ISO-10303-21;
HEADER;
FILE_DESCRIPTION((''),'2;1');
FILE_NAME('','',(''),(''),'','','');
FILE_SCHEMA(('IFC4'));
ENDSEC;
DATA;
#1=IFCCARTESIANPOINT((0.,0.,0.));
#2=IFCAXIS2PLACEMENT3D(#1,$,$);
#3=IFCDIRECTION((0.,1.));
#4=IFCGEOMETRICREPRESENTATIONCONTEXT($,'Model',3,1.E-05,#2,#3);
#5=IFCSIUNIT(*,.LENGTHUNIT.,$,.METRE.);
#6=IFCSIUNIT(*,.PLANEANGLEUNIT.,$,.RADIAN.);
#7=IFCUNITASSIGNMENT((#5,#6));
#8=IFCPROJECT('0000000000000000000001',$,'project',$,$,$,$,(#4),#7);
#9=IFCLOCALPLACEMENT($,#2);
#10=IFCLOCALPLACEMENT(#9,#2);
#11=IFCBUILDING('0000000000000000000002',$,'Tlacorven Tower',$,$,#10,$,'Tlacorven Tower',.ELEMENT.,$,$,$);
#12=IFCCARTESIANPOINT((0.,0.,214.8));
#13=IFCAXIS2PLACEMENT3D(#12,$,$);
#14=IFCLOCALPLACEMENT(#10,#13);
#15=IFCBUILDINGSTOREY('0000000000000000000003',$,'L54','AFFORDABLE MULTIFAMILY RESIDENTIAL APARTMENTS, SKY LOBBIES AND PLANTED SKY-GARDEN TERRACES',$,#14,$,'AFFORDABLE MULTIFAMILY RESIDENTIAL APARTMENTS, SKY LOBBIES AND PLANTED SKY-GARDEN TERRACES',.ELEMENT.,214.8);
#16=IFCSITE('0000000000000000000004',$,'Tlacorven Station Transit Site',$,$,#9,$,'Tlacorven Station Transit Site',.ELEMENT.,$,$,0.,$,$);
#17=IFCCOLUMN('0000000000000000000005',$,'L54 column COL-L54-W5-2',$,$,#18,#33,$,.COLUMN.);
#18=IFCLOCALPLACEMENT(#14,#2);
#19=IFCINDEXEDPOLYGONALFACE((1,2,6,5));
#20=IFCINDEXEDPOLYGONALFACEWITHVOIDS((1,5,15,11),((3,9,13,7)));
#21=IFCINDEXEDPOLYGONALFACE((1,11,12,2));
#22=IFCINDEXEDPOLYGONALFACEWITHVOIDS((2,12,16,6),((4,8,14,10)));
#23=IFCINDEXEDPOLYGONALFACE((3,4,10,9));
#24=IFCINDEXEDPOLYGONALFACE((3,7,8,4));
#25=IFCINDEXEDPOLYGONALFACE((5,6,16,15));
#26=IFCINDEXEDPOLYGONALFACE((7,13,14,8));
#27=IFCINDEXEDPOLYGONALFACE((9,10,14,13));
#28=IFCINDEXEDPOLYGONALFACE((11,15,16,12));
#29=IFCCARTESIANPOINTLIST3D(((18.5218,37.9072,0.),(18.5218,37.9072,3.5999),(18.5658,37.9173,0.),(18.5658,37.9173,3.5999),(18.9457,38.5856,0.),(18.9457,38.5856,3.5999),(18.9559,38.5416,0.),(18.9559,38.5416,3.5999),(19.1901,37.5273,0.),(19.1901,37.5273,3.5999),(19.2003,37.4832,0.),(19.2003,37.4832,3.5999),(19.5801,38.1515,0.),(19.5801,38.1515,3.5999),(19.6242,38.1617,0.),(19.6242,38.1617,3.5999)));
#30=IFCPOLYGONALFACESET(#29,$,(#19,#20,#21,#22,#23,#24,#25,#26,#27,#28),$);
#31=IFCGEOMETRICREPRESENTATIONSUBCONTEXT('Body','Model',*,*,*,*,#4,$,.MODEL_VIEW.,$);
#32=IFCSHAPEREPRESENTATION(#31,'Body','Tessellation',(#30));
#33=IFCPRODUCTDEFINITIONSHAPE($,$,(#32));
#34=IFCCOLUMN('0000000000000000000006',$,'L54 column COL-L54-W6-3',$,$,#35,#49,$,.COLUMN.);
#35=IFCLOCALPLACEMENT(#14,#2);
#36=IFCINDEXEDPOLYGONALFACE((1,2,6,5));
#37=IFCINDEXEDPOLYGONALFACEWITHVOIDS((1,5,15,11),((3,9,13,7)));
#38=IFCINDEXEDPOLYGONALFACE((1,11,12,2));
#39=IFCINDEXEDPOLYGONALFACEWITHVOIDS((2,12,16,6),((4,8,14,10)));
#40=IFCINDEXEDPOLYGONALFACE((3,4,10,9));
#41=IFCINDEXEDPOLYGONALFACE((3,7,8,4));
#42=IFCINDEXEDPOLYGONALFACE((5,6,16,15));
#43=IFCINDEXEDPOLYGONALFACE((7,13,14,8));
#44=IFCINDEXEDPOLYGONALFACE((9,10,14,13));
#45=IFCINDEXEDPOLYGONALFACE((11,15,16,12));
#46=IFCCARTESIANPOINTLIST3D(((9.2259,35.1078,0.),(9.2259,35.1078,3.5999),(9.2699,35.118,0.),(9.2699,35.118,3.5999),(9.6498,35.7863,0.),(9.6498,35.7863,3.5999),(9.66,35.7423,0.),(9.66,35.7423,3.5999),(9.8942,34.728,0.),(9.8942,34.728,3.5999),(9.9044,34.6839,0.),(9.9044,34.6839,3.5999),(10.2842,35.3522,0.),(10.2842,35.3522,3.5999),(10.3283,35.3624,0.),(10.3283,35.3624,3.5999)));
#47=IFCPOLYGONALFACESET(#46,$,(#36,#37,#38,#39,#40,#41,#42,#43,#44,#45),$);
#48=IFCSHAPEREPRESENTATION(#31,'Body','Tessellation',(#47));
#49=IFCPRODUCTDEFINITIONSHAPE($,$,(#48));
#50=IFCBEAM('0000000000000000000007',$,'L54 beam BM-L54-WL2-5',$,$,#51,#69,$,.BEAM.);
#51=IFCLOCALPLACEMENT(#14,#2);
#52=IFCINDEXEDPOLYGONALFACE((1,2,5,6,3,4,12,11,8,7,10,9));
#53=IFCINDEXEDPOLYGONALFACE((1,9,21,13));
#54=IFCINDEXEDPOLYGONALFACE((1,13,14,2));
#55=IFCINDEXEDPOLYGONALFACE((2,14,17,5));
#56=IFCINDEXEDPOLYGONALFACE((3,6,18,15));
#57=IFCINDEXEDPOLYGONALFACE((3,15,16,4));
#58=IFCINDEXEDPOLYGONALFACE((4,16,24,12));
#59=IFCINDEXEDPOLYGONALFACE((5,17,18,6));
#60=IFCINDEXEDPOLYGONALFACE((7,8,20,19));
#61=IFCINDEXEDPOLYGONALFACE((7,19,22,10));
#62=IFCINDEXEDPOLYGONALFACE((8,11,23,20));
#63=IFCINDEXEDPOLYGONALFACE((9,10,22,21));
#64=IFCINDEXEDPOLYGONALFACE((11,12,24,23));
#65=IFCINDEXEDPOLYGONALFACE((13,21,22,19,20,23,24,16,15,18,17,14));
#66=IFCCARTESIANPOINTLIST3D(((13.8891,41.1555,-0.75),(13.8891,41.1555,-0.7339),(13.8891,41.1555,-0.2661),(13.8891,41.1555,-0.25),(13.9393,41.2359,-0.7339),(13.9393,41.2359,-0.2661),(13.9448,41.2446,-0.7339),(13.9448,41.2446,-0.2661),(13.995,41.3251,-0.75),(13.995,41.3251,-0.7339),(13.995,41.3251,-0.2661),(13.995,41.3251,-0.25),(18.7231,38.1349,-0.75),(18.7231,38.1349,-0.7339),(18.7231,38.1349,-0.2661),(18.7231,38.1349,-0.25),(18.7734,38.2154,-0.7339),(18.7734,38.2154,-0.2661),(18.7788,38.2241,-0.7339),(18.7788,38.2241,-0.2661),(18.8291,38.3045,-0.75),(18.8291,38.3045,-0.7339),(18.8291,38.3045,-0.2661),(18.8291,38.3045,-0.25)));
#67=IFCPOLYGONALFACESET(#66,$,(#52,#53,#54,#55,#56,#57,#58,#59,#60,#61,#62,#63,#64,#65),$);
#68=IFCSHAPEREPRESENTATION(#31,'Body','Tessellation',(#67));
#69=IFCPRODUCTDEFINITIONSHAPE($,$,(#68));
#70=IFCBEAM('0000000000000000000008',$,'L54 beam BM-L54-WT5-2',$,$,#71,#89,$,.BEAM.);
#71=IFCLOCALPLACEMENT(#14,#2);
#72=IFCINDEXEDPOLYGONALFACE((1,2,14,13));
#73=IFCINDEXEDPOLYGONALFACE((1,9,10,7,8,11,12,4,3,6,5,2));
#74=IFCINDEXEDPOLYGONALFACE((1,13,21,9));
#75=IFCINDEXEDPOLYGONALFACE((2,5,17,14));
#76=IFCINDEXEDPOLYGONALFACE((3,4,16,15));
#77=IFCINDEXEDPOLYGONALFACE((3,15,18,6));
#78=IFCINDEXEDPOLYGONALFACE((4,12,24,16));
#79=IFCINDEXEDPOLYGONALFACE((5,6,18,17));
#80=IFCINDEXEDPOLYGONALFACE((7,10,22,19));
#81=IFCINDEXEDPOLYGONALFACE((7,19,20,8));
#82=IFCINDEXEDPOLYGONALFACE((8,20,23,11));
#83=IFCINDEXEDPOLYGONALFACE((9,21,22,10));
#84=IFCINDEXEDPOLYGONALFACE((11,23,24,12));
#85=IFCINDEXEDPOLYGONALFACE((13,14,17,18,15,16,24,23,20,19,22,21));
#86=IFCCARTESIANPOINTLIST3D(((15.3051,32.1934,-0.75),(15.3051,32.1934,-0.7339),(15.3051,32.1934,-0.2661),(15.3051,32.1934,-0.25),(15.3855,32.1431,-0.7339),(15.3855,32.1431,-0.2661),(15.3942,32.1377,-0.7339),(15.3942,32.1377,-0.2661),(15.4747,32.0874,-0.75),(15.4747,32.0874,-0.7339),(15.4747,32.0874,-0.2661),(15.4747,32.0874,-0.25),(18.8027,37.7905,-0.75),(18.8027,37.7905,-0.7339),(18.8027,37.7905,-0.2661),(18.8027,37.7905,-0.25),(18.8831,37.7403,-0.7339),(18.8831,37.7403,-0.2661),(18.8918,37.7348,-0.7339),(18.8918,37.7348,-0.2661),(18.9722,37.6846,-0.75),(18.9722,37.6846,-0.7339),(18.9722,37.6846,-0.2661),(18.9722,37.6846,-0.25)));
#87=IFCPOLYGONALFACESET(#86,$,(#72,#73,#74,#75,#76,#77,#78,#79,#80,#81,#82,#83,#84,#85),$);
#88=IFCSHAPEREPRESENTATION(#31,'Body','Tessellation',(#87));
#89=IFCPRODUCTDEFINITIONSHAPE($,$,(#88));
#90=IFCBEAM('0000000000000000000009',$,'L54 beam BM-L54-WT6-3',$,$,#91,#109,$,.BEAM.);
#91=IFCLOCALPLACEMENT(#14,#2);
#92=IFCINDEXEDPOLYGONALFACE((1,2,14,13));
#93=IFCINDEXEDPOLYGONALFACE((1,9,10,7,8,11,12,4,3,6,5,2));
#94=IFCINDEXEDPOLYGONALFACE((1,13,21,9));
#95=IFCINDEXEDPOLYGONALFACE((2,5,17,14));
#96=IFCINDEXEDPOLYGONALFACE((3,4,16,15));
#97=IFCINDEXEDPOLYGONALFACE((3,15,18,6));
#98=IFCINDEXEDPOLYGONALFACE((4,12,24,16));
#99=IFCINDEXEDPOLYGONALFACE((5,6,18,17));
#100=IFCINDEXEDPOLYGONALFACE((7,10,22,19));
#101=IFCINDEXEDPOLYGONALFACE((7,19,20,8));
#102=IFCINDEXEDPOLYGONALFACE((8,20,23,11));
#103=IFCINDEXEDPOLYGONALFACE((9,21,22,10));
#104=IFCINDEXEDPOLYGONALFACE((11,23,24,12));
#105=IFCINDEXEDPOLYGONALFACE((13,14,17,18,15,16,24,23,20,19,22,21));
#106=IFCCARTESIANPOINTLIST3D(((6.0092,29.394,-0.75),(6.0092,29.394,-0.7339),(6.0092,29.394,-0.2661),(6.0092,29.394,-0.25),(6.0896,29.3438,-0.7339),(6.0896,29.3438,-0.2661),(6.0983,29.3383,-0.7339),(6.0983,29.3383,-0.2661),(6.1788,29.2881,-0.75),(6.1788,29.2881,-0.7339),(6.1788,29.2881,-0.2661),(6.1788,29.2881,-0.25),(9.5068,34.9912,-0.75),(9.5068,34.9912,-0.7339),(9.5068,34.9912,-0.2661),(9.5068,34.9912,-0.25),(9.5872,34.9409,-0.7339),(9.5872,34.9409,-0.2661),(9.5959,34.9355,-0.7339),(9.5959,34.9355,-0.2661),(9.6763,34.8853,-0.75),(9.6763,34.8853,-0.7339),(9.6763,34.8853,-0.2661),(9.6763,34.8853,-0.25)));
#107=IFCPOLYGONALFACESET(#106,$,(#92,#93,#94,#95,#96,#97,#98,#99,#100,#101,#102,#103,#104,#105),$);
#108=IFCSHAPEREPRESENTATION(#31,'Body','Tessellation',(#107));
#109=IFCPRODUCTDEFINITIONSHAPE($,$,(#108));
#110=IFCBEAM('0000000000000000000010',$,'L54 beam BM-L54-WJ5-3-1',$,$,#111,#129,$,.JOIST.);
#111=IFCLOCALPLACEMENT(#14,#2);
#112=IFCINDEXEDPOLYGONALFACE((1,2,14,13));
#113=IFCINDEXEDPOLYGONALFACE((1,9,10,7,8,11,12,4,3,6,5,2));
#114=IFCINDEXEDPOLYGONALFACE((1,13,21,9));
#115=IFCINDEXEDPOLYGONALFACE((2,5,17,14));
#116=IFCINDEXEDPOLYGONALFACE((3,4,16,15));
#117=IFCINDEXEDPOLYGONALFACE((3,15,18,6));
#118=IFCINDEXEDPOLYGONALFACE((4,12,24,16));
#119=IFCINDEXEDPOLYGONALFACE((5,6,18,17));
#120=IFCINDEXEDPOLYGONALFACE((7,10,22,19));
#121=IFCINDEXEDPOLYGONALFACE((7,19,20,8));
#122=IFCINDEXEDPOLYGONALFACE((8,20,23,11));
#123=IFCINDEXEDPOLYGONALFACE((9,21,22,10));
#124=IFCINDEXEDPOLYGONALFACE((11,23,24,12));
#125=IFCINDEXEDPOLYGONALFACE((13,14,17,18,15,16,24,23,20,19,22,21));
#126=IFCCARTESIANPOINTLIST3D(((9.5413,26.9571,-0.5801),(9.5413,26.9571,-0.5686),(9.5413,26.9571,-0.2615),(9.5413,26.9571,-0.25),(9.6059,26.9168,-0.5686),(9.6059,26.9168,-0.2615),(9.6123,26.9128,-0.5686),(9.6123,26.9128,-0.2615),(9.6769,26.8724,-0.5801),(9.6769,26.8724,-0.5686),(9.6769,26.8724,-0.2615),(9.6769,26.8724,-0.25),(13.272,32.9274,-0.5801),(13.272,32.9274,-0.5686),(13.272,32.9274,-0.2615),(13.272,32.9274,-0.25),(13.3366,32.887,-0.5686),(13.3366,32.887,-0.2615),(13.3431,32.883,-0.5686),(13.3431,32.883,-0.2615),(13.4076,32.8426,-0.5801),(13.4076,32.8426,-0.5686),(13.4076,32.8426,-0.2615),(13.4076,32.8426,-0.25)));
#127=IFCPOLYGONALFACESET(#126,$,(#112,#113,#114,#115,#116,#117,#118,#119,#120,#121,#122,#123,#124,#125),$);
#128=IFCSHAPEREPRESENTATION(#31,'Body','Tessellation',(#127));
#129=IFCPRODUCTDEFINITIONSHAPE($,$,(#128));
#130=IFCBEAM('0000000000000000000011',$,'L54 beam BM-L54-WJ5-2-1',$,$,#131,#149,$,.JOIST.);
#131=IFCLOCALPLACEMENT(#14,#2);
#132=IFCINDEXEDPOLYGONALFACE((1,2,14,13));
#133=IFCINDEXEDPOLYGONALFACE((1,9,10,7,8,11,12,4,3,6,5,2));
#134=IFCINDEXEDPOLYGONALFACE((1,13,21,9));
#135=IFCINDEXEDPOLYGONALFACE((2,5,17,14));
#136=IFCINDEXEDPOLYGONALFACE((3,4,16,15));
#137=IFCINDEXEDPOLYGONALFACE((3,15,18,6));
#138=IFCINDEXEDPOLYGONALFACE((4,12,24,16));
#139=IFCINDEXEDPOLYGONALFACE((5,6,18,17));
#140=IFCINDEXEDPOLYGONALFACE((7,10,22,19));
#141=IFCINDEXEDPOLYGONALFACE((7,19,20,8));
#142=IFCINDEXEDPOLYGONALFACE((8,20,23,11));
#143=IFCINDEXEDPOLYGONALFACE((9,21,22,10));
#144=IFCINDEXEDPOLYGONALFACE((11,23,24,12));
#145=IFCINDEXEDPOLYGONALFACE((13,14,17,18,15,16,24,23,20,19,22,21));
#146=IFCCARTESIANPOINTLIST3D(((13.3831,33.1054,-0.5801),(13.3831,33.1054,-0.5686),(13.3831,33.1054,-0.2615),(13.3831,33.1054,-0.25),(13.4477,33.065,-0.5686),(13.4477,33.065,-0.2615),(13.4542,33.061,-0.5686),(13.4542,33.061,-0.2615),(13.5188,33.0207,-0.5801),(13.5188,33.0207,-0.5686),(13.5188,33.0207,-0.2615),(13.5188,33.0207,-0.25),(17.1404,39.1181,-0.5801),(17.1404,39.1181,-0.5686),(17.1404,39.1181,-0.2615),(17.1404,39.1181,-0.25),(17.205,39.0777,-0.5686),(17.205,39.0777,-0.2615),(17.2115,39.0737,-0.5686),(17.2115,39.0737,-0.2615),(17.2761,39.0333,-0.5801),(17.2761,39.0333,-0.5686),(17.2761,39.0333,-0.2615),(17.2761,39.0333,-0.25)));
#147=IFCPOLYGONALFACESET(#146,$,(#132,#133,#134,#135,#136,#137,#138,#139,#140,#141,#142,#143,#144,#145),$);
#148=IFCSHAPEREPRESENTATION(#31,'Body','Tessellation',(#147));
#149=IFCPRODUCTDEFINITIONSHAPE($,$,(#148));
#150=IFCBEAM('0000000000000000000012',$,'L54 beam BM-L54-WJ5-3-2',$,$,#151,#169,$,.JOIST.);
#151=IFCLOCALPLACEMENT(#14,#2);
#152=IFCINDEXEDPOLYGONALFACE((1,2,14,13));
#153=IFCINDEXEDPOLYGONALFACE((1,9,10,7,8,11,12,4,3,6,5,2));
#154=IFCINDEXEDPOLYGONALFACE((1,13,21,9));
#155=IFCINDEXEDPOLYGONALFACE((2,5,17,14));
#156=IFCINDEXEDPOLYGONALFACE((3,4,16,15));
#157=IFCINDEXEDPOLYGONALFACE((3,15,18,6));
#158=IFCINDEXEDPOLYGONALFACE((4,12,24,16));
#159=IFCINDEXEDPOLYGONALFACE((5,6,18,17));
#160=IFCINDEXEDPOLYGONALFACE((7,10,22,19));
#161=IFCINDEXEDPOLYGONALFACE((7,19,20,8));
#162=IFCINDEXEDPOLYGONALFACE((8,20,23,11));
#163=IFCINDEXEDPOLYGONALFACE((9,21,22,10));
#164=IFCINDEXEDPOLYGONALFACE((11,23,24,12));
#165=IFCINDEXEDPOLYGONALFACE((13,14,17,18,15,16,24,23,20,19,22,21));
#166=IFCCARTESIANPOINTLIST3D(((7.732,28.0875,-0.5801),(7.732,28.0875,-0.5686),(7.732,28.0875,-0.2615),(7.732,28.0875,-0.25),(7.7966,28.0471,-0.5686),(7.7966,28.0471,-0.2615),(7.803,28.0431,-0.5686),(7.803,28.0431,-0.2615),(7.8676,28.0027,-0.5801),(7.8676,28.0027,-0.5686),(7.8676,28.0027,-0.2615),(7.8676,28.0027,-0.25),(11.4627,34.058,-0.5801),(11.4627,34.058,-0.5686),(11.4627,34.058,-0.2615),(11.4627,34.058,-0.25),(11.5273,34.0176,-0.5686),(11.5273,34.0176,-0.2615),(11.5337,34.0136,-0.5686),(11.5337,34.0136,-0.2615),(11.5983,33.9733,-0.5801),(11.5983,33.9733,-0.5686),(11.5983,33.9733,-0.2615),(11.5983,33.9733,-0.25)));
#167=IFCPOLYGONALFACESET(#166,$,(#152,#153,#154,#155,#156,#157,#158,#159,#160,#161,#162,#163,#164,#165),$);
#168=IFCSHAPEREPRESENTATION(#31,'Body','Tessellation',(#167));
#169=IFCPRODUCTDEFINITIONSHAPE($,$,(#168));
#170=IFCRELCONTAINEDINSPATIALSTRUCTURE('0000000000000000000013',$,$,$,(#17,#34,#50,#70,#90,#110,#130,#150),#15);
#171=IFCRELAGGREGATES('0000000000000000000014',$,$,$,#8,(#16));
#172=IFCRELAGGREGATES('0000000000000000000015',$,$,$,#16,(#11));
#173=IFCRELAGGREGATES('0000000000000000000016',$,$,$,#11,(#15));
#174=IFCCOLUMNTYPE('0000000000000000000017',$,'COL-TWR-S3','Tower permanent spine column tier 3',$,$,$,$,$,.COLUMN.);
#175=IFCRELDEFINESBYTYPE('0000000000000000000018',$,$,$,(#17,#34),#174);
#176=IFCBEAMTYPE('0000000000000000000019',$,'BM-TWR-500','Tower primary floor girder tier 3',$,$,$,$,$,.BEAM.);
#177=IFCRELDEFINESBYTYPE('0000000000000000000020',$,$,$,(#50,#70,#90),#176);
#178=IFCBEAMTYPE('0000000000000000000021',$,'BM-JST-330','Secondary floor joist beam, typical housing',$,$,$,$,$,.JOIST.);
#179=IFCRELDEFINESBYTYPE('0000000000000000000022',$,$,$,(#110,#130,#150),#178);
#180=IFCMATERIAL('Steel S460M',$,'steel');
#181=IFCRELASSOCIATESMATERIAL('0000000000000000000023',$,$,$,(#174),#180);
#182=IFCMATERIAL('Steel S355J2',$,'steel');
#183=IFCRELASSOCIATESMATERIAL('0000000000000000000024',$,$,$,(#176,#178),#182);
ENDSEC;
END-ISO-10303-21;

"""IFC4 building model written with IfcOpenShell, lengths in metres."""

from ifc_helpers import new_model, si_unit, direction, frame, origin, origin_2d, place, context, subcontext, project, spatial, hollow_rectangle, i_section, extrude, source, transform, mapped, material, material_profile, profile_set, type_object, element, save


model = new_model("IFC4")

# Units and contexts
model_context = context("Model", 3, precision=1e-05, world=origin(), true_north=direction((0.0, 1.0)))
body_context = subcontext(model_context, "Body", "Model", "MODEL_VIEW")
ifc_project = project(units=[si_unit("LENGTHUNIT", "METRE"), si_unit("PLANEANGLEUNIT", "RADIAN")], contexts=[model_context])

# Site, building, storey
site_placement = place(None, origin())
site = spatial("IfcSite", under=ifc_project, at=site_placement, Name="Tlacorven Station Transit Site", LongName="Tlacorven Station Transit Site", CompositionType="ELEMENT", RefElevation=0.0)
building_placement = place(site_placement, origin())
building = spatial("IfcBuilding", under=site, at=building_placement, Name="Tlacorven Tower", LongName="Tlacorven Tower", CompositionType="ELEMENT")
storey_placement = place(building_placement, frame((0.0, 0.0, 214.8)))
storey = spatial("IfcBuildingStorey", under=building, at=storey_placement, Name="L54", Description="AFFORDABLE MULTIFAMILY RESIDENTIAL APARTMENTS, SKY LOBBIES AND PLANTED SKY-GARDEN TERRACES", LongName="AFFORDABLE MULTIFAMILY RESIDENTIAL APARTMENTS, SKY LOBBIES AND PLANTED SKY-GARDEN TERRACES", CompositionType="ELEMENT", Elevation=214.8)

# Columns
ifc_material_1 = material(Name="Steel S460M", Category="steel")
ifc_material_profile_1 = material_profile(ifc_material_1, hollow_rectangle(XDim=0.8, YDim=0.8, WallThickness=0.032, at=origin_2d()), Name="BOX 800X800X32")
ifc_profile_set_1 = profile_set([ifc_material_profile_1], Name="Steel S460M")
column_type = type_object("IfcColumnType", Name="COL-TWR-S3", Description="Tower permanent spine column tier 3", PredefinedType="COLUMN", material=ifc_profile_set_1)
shared_shape_1 = source(origin(), body_context, "Body", "SweptSolid", [
    extrude(hollow_rectangle(XDim=0.8, YDim=0.8, WallThickness=0.032, at=origin_2d()), origin(), (0.0, 0.0, 1.0), 3.5999),
])
for number, where, z_axis, x_axis, name in (
    (1, (19.073, 38.0344, 0.0), (0.0, 0.0, 1.0), (-0.848048, 0.529919, 0.0), "L54 column COL-L54-W5-2"),
    (2, (9.7771, 35.2351, 0.0), (0.0, 0.0, 1.0), (-0.848048, 0.529919, 0.0), "L54 column COL-L54-W6-3"),
):
    element("IfcColumn", number, at=place(storey_placement, frame(where, z_axis=z_axis, x_axis=x_axis)), inside=storey, type_object=column_type, Name=name, PredefinedType="COLUMN", context=body_context, shape_type="MappedRepresentation", body=[
        mapped(shared_shape_1, transform((0.0, 0.0, 0.0), scale=1.0)),
    ])

# Beams
ifc_material_2 = material(Name="Steel S355J2", Category="steel")
ifc_material_profile_2 = material_profile(ifc_material_2, i_section(OverallWidth=0.2, OverallDepth=0.5, WebThickness=0.0103, FlangeThickness=0.0161, at=origin_2d()), Name="IPE 500")
ifc_profile_set_2 = profile_set([ifc_material_profile_2], Name="Steel S355J2")
beam_type_1 = type_object("IfcBeamType", Name="BM-TWR-500", Description="Tower primary floor girder tier 3", PredefinedType="BEAM", material=ifc_profile_set_2)
shared_shape_2 = source(origin(), body_context, "Body", "SweptSolid", [
    extrude(i_section(OverallWidth=0.2, OverallDepth=0.5, WebThickness=0.0103, FlangeThickness=0.0161, at=origin_2d()), origin(), (0.0, 0.0, 1.0), 5.7002),
])
beam_1_placement = place(storey_placement, frame((18.7761, 38.2197, -0.5), z_axis=(-0.848056, 0.529907, 0.0), x_axis=(-0.529907, -0.848056, 0.0)))
element("IfcBeam", 3, at=beam_1_placement, inside=storey, type_object=beam_type_1, Name="L54 beam BM-L54-WL2-5", PredefinedType="BEAM", context=body_context, shape_type="MappedRepresentation", body=[
    mapped(shared_shape_2, transform((0.0, 0.0, 0.0), scale=1.0)),
])
shared_shape_3 = source(origin(), body_context, "Body", "SweptSolid", [
    extrude(i_section(OverallWidth=0.2, OverallDepth=0.5, WebThickness=0.0103, FlangeThickness=0.0161, at=origin_2d()), origin(), (0.0, 0.0, 1.0), 6.6001),
])
for number, where, z_axis, x_axis, name in (
    (4, (18.8875, 37.7375, -0.5), (-0.529926, -0.848044, 0.0), (0.848044, -0.529926, 0.0), "L54 beam BM-L54-WT5-2"),
    (5, (9.5916, 34.9382, -0.5), (-0.529926, -0.848044, 0.0), (0.848044, -0.529926, 0.0), "L54 beam BM-L54-WT6-3"),
):
    element("IfcBeam", number, at=place(storey_placement, frame(where, z_axis=z_axis, x_axis=x_axis)), inside=storey, type_object=beam_type_1, Name=name, PredefinedType="BEAM", context=body_context, shape_type="MappedRepresentation", body=[
        mapped(shared_shape_3, transform((0.0, 0.0, 0.0), scale=1.0)),
    ])
ifc_material_profile_3 = material_profile(ifc_material_2, i_section(OverallWidth=0.1599, OverallDepth=0.3301, WebThickness=0.0076, FlangeThickness=0.0115, at=origin_2d()), Name="IPE 330")
ifc_profile_set_3 = profile_set([ifc_material_profile_3], Name="Steel S355J2")
beam_type_2 = type_object("IfcBeamType", Name="BM-JST-330", Description="Secondary floor joist beam, typical housing", PredefinedType="JOIST", material=ifc_profile_set_3)
shared_shape_4 = source(origin(), body_context, "Body", "SweptSolid", [
    extrude(i_section(OverallWidth=0.1599, OverallDepth=0.3301, WebThickness=0.0076, FlangeThickness=0.0115, at=origin_2d()), origin(), (0.0, 0.0, 1.0), 7.04),
])
beam_2_placement = place(storey_placement, frame((13.3398, 32.885, -0.415), z_axis=(-0.52993, -0.848041, 0.0), x_axis=(0.848041, -0.52993, 0.0)))
element("IfcBeam", 6, at=beam_2_placement, inside=storey, type_object=beam_type_2, Name="L54 beam BM-L54-WJ5-3-1", PredefinedType="JOIST", context=body_context, shape_type="MappedRepresentation", body=[
    mapped(shared_shape_4, transform((0.0, 0.0, 0.0), scale=1.0)),
])
shared_shape_5 = source(origin(), body_context, "Body", "SweptSolid", [
    extrude(i_section(OverallWidth=0.1599, OverallDepth=0.3301, WebThickness=0.0076, FlangeThickness=0.0115, at=origin_2d()), origin(), (0.0, 0.0, 1.0), 7.0901),
])
beam_3_placement = place(storey_placement, frame((17.2083, 39.0757, -0.415), z_axis=(-0.529937, -0.848037, 0.0), x_axis=(0.848037, -0.529937, 0.0)))
element("IfcBeam", 7, at=beam_3_placement, inside=storey, type_object=beam_type_2, Name="L54 beam BM-L54-WJ5-2-1", PredefinedType="JOIST", context=body_context, shape_type="MappedRepresentation", body=[
    mapped(shared_shape_5, transform((0.0, 0.0, 0.0), scale=1.0)),
])
shared_shape_6 = source(origin(), body_context, "Body", "SweptSolid", [
    extrude(i_section(OverallWidth=0.1599, OverallDepth=0.3301, WebThickness=0.0076, FlangeThickness=0.0115, at=origin_2d()), origin(), (0.0, 0.0, 1.0), 7.0403),
])
beam_4_placement = place(storey_placement, frame((11.5305, 34.0156, -0.415), z_axis=(-0.529915, -0.848051, 0.0), x_axis=(0.848051, -0.529915, 0.0)))
element("IfcBeam", 8, at=beam_4_placement, inside=storey, type_object=beam_type_2, Name="L54 beam BM-L54-WJ5-3-2", PredefinedType="JOIST", context=body_context, shape_type="MappedRepresentation", body=[
    mapped(shared_shape_6, transform((0.0, 0.0, 0.0), scale=1.0)),
])

save(model, "model.ifc")
